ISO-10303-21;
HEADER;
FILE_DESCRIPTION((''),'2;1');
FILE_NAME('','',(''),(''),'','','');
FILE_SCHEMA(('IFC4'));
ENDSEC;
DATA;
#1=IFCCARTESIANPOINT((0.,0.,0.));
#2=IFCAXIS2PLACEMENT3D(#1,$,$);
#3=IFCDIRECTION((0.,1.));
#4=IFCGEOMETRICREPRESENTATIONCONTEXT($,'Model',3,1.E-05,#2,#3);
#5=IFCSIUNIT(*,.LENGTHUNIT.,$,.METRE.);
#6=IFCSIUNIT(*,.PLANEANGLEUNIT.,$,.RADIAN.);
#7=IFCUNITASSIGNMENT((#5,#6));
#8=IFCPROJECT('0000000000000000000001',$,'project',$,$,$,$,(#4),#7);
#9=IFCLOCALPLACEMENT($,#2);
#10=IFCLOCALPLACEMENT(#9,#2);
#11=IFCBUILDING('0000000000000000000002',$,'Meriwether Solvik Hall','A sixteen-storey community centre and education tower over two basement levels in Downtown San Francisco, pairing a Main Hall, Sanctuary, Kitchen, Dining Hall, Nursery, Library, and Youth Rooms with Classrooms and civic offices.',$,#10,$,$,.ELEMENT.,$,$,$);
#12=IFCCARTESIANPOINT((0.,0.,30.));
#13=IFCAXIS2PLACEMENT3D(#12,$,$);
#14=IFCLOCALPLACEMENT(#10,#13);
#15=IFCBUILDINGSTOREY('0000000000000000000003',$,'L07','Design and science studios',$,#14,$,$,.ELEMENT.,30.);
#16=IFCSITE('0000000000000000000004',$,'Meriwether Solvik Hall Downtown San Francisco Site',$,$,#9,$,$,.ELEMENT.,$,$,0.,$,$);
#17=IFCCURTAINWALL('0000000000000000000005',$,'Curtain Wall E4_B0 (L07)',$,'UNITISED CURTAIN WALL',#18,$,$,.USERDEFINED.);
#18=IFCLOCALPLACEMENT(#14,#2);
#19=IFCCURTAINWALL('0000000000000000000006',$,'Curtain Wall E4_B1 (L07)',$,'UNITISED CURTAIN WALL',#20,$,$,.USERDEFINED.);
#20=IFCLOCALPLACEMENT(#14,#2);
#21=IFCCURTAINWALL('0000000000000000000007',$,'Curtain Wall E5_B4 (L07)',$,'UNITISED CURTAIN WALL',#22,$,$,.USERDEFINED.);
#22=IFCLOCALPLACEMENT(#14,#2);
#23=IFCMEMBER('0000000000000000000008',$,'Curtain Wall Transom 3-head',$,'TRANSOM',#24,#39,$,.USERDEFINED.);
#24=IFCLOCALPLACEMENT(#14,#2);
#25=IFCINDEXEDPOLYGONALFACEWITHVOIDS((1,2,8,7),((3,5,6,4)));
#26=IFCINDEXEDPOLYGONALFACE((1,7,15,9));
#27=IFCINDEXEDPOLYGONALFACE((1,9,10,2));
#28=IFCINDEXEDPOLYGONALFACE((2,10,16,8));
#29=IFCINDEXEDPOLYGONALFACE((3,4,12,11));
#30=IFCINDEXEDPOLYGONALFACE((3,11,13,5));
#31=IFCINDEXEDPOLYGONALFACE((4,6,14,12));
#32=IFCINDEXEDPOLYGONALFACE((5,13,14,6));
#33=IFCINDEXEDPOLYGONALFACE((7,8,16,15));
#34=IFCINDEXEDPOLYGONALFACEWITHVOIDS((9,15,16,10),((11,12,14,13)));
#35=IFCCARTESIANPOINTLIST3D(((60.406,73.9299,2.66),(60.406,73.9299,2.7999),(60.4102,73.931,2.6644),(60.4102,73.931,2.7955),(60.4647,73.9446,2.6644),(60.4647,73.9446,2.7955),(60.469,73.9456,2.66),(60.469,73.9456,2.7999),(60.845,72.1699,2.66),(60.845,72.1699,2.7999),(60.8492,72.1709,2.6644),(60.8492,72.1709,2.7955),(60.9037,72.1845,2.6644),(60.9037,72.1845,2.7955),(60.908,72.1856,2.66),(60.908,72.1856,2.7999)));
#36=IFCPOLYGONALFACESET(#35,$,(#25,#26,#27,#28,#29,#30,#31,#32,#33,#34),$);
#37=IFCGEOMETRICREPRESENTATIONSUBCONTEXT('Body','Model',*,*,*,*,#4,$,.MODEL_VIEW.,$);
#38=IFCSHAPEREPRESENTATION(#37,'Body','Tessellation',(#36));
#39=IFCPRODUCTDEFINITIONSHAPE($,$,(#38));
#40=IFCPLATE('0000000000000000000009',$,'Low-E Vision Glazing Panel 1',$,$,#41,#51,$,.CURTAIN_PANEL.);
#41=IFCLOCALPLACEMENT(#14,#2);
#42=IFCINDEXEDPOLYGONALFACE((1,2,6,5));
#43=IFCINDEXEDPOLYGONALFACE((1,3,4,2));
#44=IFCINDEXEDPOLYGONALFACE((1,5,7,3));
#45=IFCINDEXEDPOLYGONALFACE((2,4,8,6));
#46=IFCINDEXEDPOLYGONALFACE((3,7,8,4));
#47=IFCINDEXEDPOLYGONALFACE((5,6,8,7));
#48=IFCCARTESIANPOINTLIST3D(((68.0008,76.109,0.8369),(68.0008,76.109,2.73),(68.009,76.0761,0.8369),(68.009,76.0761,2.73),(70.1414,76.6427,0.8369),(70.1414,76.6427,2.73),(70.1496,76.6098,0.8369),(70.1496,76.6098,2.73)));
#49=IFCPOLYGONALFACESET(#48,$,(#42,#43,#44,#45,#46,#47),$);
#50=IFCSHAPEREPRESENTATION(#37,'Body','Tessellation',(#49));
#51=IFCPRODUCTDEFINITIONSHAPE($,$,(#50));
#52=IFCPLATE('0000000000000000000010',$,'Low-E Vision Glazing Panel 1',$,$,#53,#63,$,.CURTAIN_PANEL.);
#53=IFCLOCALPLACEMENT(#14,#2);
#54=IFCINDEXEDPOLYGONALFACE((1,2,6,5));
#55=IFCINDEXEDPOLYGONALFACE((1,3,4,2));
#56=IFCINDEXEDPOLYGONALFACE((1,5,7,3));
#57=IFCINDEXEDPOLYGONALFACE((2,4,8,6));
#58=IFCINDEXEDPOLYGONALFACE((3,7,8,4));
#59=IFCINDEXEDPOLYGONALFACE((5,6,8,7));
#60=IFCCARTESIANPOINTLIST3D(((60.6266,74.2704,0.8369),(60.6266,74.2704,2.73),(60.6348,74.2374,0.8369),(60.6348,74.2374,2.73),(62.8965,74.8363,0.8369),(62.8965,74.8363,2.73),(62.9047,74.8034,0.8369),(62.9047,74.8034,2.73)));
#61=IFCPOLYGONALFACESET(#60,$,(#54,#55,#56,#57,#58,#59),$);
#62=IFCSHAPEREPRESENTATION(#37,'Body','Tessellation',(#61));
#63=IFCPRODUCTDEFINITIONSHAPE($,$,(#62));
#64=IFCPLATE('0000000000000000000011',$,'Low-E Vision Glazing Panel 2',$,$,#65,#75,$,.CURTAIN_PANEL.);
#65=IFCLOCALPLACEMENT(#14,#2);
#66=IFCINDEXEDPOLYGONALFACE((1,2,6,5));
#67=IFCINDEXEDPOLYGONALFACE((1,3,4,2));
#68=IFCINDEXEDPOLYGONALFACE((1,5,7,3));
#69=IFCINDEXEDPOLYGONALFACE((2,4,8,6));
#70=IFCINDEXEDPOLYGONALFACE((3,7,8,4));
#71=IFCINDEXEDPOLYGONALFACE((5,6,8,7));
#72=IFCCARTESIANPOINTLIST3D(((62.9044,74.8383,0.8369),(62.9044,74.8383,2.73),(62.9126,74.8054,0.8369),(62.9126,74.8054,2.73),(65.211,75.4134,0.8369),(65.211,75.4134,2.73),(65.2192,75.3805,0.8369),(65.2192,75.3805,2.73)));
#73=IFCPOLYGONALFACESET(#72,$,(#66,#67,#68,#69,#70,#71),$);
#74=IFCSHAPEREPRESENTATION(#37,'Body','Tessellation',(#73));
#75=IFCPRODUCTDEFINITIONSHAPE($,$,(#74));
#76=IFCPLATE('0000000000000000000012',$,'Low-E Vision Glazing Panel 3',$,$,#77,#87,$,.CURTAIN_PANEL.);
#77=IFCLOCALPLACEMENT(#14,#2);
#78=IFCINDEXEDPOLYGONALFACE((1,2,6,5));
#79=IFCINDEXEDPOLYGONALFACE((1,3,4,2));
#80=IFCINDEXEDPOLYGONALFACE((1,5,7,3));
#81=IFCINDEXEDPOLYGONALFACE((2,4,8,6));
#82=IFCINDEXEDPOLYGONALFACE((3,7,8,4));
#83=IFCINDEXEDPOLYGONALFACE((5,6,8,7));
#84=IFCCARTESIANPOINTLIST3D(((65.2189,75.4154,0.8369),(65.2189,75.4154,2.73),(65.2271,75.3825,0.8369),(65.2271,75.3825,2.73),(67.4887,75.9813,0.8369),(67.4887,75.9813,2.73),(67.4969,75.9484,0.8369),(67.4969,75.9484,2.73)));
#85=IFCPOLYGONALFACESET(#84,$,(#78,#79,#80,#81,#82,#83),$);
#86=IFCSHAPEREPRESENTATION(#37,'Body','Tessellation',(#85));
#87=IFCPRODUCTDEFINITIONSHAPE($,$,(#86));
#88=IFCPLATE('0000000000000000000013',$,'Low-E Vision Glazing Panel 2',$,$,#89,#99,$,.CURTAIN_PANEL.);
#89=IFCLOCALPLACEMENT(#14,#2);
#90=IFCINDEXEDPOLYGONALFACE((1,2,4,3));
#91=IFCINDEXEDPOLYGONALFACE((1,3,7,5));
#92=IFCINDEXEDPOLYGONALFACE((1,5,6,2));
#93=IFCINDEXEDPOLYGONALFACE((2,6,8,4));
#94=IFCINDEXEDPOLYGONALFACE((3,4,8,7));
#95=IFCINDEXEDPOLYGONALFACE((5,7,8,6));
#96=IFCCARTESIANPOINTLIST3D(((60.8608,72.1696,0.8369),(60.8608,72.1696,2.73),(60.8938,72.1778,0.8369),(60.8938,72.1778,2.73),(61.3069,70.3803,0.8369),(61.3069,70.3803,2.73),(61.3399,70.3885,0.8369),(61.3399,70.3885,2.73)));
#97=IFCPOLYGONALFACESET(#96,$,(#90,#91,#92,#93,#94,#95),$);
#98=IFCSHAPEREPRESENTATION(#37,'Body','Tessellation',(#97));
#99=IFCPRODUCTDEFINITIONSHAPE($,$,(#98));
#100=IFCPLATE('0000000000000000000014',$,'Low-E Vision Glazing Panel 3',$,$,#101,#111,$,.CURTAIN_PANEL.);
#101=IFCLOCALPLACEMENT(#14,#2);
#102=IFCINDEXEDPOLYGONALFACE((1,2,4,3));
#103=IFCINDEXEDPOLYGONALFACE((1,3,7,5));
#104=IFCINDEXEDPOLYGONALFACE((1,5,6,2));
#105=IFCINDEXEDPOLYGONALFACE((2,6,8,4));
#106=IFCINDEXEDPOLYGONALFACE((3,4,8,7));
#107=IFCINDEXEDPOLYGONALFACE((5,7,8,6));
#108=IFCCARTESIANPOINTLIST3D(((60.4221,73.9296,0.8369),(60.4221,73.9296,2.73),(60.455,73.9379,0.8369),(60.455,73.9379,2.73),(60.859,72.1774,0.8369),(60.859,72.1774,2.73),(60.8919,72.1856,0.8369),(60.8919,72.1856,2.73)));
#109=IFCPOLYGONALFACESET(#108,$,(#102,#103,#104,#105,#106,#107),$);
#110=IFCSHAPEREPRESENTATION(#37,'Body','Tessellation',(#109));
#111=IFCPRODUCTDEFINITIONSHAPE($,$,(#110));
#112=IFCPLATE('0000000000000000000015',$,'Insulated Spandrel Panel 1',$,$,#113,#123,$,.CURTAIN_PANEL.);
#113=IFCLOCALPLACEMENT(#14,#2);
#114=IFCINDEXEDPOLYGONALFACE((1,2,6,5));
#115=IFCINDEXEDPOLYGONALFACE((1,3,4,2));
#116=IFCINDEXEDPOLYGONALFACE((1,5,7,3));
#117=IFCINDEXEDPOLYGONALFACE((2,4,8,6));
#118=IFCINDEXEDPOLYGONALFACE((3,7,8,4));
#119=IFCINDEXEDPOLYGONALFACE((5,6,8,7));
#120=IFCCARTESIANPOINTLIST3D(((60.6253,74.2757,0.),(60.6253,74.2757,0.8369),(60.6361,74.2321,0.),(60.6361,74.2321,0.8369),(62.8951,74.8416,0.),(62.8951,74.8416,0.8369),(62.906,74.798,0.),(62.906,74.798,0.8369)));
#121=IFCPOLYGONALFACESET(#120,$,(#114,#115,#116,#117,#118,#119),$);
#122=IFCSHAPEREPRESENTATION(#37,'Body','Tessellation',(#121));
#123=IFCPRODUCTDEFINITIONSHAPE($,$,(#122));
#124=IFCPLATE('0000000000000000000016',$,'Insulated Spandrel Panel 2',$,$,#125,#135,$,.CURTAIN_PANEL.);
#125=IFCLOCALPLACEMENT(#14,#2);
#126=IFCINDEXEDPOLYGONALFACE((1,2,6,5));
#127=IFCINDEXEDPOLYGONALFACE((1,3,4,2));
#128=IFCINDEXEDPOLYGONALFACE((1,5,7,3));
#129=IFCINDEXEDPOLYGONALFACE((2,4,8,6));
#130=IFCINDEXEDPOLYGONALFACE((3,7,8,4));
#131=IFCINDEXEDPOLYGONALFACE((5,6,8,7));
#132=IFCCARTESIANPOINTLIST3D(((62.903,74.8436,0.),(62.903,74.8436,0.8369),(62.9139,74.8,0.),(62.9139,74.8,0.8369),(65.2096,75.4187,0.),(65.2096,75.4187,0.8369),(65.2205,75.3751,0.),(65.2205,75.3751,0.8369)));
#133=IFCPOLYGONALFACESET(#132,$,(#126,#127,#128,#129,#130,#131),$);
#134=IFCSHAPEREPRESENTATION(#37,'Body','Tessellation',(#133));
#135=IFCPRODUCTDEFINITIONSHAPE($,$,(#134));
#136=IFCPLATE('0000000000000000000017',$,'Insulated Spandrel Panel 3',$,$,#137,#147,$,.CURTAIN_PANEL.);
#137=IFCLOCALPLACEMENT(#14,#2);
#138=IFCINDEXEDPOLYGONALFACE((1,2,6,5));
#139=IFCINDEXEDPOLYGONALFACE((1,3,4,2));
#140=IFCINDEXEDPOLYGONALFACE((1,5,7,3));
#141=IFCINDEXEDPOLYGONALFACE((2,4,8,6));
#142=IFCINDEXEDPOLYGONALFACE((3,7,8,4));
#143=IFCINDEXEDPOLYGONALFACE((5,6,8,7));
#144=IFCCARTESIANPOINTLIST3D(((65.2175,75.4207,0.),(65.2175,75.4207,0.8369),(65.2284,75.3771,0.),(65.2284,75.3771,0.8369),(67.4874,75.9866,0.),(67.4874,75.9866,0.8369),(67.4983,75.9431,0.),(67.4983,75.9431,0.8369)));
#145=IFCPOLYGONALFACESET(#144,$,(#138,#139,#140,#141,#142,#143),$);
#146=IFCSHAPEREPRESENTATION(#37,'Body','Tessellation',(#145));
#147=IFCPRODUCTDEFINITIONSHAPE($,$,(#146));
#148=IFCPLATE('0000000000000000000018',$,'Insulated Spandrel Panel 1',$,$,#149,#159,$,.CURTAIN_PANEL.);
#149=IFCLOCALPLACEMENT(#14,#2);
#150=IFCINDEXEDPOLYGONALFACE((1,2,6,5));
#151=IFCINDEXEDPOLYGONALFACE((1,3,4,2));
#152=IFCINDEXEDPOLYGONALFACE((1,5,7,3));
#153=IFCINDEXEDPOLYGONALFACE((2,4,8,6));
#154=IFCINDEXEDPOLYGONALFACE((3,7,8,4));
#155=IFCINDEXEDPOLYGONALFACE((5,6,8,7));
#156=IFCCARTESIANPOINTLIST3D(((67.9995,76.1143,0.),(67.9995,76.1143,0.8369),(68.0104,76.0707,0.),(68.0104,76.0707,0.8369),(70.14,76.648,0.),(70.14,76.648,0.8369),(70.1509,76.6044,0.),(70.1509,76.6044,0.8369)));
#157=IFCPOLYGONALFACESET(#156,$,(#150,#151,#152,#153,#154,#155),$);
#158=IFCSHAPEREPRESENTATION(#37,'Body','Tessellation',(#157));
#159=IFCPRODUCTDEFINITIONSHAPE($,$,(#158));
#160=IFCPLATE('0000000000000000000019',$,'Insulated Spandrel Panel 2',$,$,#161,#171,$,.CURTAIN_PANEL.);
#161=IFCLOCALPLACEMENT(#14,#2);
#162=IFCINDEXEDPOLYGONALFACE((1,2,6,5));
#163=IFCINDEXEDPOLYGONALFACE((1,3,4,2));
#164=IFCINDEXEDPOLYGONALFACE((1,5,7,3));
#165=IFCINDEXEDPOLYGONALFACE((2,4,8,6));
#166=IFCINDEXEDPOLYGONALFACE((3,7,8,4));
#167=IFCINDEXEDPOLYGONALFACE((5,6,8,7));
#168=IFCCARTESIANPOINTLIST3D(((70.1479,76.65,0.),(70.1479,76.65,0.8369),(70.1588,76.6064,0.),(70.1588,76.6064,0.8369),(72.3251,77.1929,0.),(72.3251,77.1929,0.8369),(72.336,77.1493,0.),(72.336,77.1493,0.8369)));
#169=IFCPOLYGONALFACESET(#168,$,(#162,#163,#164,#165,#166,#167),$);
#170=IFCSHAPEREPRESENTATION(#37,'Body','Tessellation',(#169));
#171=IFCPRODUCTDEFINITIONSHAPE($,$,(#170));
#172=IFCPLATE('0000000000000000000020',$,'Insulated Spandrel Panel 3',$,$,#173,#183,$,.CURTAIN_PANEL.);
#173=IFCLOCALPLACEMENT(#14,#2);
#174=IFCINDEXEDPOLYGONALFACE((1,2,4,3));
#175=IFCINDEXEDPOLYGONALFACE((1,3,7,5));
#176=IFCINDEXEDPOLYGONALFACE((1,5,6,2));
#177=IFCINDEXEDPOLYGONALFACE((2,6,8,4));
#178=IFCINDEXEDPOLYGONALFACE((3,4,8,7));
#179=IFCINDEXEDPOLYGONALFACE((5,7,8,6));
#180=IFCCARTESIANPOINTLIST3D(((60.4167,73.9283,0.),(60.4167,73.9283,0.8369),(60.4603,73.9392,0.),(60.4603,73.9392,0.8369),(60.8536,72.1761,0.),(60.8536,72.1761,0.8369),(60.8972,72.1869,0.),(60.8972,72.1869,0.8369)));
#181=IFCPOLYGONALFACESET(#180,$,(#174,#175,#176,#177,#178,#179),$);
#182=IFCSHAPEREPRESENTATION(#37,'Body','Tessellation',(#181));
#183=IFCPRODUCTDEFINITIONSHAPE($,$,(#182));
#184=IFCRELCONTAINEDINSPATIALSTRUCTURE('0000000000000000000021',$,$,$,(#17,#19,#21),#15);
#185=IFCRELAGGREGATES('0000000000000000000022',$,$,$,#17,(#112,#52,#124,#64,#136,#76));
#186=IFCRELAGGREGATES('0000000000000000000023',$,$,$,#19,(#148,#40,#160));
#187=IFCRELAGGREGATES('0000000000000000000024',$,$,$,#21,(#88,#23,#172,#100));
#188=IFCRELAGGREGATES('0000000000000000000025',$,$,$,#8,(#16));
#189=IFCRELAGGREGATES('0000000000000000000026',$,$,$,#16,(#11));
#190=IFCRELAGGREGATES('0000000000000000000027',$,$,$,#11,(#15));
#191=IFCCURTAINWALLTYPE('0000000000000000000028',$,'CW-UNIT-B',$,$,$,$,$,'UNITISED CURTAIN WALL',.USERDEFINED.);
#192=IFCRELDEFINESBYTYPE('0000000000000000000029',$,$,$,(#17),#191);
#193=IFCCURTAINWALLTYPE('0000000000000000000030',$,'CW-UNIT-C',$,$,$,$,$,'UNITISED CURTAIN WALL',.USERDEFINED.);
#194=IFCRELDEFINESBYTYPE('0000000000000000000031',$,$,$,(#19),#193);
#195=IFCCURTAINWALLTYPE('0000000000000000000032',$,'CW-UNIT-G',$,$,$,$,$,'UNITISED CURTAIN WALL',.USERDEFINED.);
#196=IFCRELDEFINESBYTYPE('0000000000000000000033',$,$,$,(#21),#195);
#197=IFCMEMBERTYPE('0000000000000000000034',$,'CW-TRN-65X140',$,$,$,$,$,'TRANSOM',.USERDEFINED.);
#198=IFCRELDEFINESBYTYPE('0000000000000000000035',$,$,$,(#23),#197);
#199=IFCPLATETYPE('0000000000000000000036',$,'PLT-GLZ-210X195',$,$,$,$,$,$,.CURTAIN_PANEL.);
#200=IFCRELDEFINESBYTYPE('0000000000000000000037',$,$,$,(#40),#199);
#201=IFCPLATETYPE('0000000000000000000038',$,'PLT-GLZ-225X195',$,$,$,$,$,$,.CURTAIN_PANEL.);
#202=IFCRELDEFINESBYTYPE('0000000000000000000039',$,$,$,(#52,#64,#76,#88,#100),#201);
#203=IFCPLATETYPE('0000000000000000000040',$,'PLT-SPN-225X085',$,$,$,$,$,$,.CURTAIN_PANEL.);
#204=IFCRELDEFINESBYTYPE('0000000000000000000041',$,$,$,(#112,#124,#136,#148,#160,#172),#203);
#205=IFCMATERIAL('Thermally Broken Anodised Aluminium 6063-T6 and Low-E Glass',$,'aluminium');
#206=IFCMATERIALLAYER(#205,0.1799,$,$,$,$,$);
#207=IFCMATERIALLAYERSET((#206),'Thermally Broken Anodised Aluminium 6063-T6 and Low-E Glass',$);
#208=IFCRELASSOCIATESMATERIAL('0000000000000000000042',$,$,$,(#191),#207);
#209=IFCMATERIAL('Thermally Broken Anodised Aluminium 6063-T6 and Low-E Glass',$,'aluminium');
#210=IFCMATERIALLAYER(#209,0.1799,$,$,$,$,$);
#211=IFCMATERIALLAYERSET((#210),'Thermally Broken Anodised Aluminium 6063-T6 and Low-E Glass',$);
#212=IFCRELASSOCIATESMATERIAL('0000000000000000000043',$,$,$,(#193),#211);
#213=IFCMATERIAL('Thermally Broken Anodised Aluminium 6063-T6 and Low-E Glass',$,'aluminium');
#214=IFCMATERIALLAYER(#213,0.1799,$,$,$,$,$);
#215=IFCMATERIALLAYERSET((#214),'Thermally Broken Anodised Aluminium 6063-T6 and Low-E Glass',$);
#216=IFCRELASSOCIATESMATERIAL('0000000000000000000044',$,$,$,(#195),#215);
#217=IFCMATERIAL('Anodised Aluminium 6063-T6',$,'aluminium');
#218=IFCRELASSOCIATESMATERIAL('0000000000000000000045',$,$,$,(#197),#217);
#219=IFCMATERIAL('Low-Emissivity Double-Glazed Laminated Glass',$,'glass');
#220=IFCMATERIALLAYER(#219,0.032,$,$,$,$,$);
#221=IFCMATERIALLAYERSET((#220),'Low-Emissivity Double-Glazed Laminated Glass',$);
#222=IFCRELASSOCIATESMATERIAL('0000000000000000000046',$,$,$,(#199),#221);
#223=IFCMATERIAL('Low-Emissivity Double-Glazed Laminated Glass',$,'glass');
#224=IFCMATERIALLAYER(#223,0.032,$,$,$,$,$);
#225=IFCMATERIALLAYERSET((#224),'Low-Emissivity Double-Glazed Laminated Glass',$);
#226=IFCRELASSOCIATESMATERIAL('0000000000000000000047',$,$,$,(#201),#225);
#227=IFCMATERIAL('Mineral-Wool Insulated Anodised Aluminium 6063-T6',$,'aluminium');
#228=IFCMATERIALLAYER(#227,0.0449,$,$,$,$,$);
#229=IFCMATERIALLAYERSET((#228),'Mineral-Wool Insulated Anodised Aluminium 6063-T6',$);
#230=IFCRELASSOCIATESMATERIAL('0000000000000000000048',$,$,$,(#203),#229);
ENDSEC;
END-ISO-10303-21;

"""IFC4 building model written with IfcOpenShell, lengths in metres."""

from ifc_helpers import new_model, si_unit, direction, frame, origin, origin_2d, place, context, subcontext, project, spatial, rectangle, hollow_rectangle, extrude, material, layer, layer_set, material_profile, profile_set, type_object, element, aggregate, save


model = new_model("IFC4")

# Units and contexts
model_context = context("Model", 3, precision=1e-05, world=origin(), true_north=direction((0.0, 1.0)))
body_context = subcontext(model_context, "Body", "Model", "MODEL_VIEW")
ifc_project = project(units=[si_unit("LENGTHUNIT", "METRE"), si_unit("PLANEANGLEUNIT", "RADIAN")], contexts=[model_context])

# Site, building, storey
site_placement = place(None, origin())
site = spatial("IfcSite", under=ifc_project, at=site_placement, Name="Meriwether Solvik Hall Downtown San Francisco Site", CompositionType="ELEMENT", RefElevation=0.0)
building_placement = place(site_placement, origin())
building = spatial("IfcBuilding", under=site, at=building_placement, Name="Meriwether Solvik Hall", Description="A sixteen-storey community centre and education tower over two basement levels in Downtown San Francisco, pairing a Main Hall, Sanctuary, Kitchen, Dining Hall, Nursery, Library, and Youth Rooms with Classrooms and civic offices.", CompositionType="ELEMENT")
storey_placement = place(building_placement, frame((0.0, 0.0, 30.0)))
storey = spatial("IfcBuildingStorey", under=building, at=storey_placement, Name="L07", Description="Design and science studios", CompositionType="ELEMENT", Elevation=30.0)

# Curtain walls
ifc_material_1 = material(Name="Thermally Broken Anodised Aluminium 6063-T6 and Low-E Glass", Category="aluminium")
ifc_layer_1 = layer(ifc_material_1, 0.1799)
ifc_layer_set_1 = layer_set([ifc_layer_1], Name="Thermally Broken Anodised Aluminium 6063-T6 and Low-E Glass")
curtain_wall_type_1 = type_object("IfcCurtainWallType", Name="CW-UNIT-B", ElementType="UNITISED CURTAIN WALL", PredefinedType="USERDEFINED", material=ifc_layer_set_1)
curtain_wall_1_placement = place(storey_placement, origin())
curtain_wall_1 = element("IfcCurtainWall", 1, at=curtain_wall_1_placement, inside=storey, type_object=curtain_wall_type_1, Name="Curtain Wall E4_B0 (L07)", ObjectType="UNITISED CURTAIN WALL", PredefinedType="USERDEFINED")
ifc_material_2 = material(Name="Thermally Broken Anodised Aluminium 6063-T6 and Low-E Glass", Category="aluminium")
ifc_layer_2 = layer(ifc_material_2, 0.1799)
ifc_layer_set_2 = layer_set([ifc_layer_2], Name="Thermally Broken Anodised Aluminium 6063-T6 and Low-E Glass")
curtain_wall_type_2 = type_object("IfcCurtainWallType", Name="CW-UNIT-C", ElementType="UNITISED CURTAIN WALL", PredefinedType="USERDEFINED", material=ifc_layer_set_2)
curtain_wall_2_placement = place(storey_placement, origin())
curtain_wall_2 = element("IfcCurtainWall", 2, at=curtain_wall_2_placement, inside=storey, type_object=curtain_wall_type_2, Name="Curtain Wall E4_B1 (L07)", ObjectType="UNITISED CURTAIN WALL", PredefinedType="USERDEFINED")
ifc_material_3 = material(Name="Thermally Broken Anodised Aluminium 6063-T6 and Low-E Glass", Category="aluminium")
ifc_layer_3 = layer(ifc_material_3, 0.1799)
ifc_layer_set_3 = layer_set([ifc_layer_3], Name="Thermally Broken Anodised Aluminium 6063-T6 and Low-E Glass")
curtain_wall_type_3 = type_object("IfcCurtainWallType", Name="CW-UNIT-G", ElementType="UNITISED CURTAIN WALL", PredefinedType="USERDEFINED", material=ifc_layer_set_3)
curtain_wall_3_placement = place(storey_placement, origin())
curtain_wall_3 = element("IfcCurtainWall", 3, at=curtain_wall_3_placement, inside=storey, type_object=curtain_wall_type_3, Name="Curtain Wall E5_B4 (L07)", ObjectType="UNITISED CURTAIN WALL", PredefinedType="USERDEFINED")

# Member
ifc_material_4 = material(Name="Anodised Aluminium 6063-T6", Category="aluminium")
ifc_material_profile_1 = material_profile(ifc_material_4, hollow_rectangle(XDim=0.0649, YDim=0.1399, WallThickness=0.0044, at=origin_2d()), Name="CWT-65X140")
ifc_profile_set_1 = profile_set([ifc_material_profile_1], Name="Anodised Aluminium 6063-T6")
member_type_1 = type_object("IfcMemberType", Name="CW-TRN-65X140", ElementType="TRANSOM", PredefinedType="USERDEFINED", material=ifc_profile_set_1)
member_1_placement = place(storey_placement, frame((60.8765, 72.1777, 2.73), z_axis=(-0.241997, 0.970277, 0.0), x_axis=(-0.970277, -0.241997, 0.0)))
member_1 = element("IfcMember", 4, at=member_1_placement, type_object=member_type_1, Name="Curtain Wall Transom 3-head", ObjectType="TRANSOM", PredefinedType="USERDEFINED", context=body_context, shape_type="SweptSolid", body=[
    extrude(hollow_rectangle(XDim=0.0649, YDim=0.1399, WallThickness=0.0044, at=origin_2d()), origin(), (0.0, 0.0, 1.0), 1.814),
])

# Plates
ifc_material_5 = material(Name="Low-Emissivity Double-Glazed Laminated Glass", Category="glass")
ifc_layer_4 = layer(ifc_material_5, 0.032)
ifc_layer_set_4 = layer_set([ifc_layer_4], Name="Low-Emissivity Double-Glazed Laminated Glass")
plate_type_1 = type_object("IfcPlateType", Name="PLT-GLZ-210X195", PredefinedType="CURTAIN_PANEL", material=ifc_layer_set_4)
plate_1_placement = place(storey_placement, frame((69.0752, 76.3594, 0.8369), z_axis=(0.0, 0.0, 1.0), x_axis=(0.970296, 0.241922, 0.0)))
plate_1 = element("IfcPlate", 5, at=plate_1_placement, type_object=plate_type_1, Name="Low-E Vision Glazing Panel 1", PredefinedType="CURTAIN_PANEL", context=body_context, shape_type="SweptSolid", body=[
    extrude(rectangle(XDim=2.2061, YDim=0.0339, at=origin_2d()), origin(), (0.0, 0.0, 1.0), 1.8931),
])
ifc_material_6 = material(Name="Low-Emissivity Double-Glazed Laminated Glass", Category="glass")
ifc_layer_5 = layer(ifc_material_6, 0.032)
ifc_layer_set_5 = layer_set([ifc_layer_5], Name="Low-Emissivity Double-Glazed Laminated Glass")
plate_type_2 = type_object("IfcPlateType", Name="PLT-GLZ-225X195", PredefinedType="CURTAIN_PANEL", material=ifc_layer_set_5)
plate_2_placement = place(storey_placement, frame((61.7656, 74.5369, 0.8369), z_axis=(0.0, 0.0, 1.0), x_axis=(0.970296, 0.241922, 0.0)))
plate_2 = element("IfcPlate", 6, at=plate_2_placement, type_object=plate_type_2, Name="Low-E Vision Glazing Panel 1", PredefinedType="CURTAIN_PANEL", context=body_context, shape_type="SweptSolid", body=[
    extrude(rectangle(XDim=2.3394, YDim=0.0339, at=origin_2d()), origin(), (0.0, 0.0, 1.0), 1.8931),
])
plate_3_placement = place(storey_placement, frame((64.0618, 75.1094, 0.8369), z_axis=(0.0, 0.0, 1.0), x_axis=(0.970296, 0.241922, 0.0)))
plate_3 = element("IfcPlate", 7, at=plate_3_placement, type_object=plate_type_2, Name="Low-E Vision Glazing Panel 2", PredefinedType="CURTAIN_PANEL", context=body_context, shape_type="SweptSolid", body=[
    extrude(rectangle(XDim=2.3772, YDim=0.0339, at=origin_2d()), origin(), (0.0, 0.0, 1.0), 1.8931),
])
plate_4_placement = place(storey_placement, frame((66.3579, 75.6819, 0.8369), z_axis=(0.0, 0.0, 1.0), x_axis=(0.970296, 0.241922, 0.0)))
plate_4 = element("IfcPlate", 8, at=plate_4_placement, type_object=plate_type_2, Name="Low-E Vision Glazing Panel 3", PredefinedType="CURTAIN_PANEL", context=body_context, shape_type="SweptSolid", body=[
    extrude(rectangle(XDim=2.3394, YDim=0.0339, at=origin_2d()), origin(), (0.0, 0.0, 1.0), 1.8931),
])
plate_5_placement = place(storey_placement, frame((61.1003, 71.2791, 0.8369), z_axis=(0.0, 0.0, 1.0), x_axis=(-0.241922, 0.970296, 0.0)))
plate_5 = element("IfcPlate", 9, at=plate_5_placement, type_object=plate_type_2, Name="Low-E Vision Glazing Panel 2", PredefinedType="CURTAIN_PANEL", context=body_context, shape_type="SweptSolid", body=[
    extrude(rectangle(XDim=1.844, YDim=0.0339, at=origin_2d()), origin(), (0.0, 0.0, 1.0), 1.8931),
])
plate_6_placement = place(storey_placement, frame((60.657, 73.0576, 0.8369), z_axis=(0.0, 0.0, 1.0), x_axis=(-0.241922, 0.970296, 0.0)))
plate_6 = element("IfcPlate", 10, at=plate_6_placement, type_object=plate_type_2, Name="Low-E Vision Glazing Panel 3", PredefinedType="CURTAIN_PANEL", context=body_context, shape_type="SweptSolid", body=[
    extrude(rectangle(XDim=1.8059, YDim=0.0339, at=origin_2d()), origin(), (0.0, 0.0, 1.0), 1.8931),
])
ifc_material_7 = material(Name="Mineral-Wool Insulated Anodised Aluminium 6063-T6", Category="aluminium")
ifc_layer_6 = layer(ifc_material_7, 0.0449)
ifc_layer_set_6 = layer_set([ifc_layer_6], Name="Mineral-Wool Insulated Anodised Aluminium 6063-T6")
plate_type_3 = type_object("IfcPlateType", Name="PLT-SPN-225X085", PredefinedType="CURTAIN_PANEL", material=ifc_layer_set_6)
plate_7_placement = place(storey_placement, frame((61.7656, 74.5369, 0.0), z_axis=(0.0, 0.0, 1.0), x_axis=(0.970296, 0.241922, 0.0)))
plate_7 = element("IfcPlate", 11, at=plate_7_placement, type_object=plate_type_3, Name="Insulated Spandrel Panel 1", PredefinedType="CURTAIN_PANEL", context=body_context, shape_type="SweptSolid", body=[
    extrude(rectangle(XDim=2.3394, YDim=0.0449, at=origin_2d()), origin(), (0.0, 0.0, 1.0), 0.8369),
])
plate_8_placement = place(storey_placement, frame((64.0618, 75.1094, 0.0), z_axis=(0.0, 0.0, 1.0), x_axis=(0.970296, 0.241922, 0.0)))
plate_8 = element("IfcPlate", 12, at=plate_8_placement, type_object=plate_type_3, Name="Insulated Spandrel Panel 2", PredefinedType="CURTAIN_PANEL", context=body_context, shape_type="SweptSolid", body=[
    extrude(rectangle(XDim=2.3772, YDim=0.0449, at=origin_2d()), origin(), (0.0, 0.0, 1.0), 0.8369),
])
plate_9_placement = place(storey_placement, frame((66.3579, 75.6819, 0.0), z_axis=(0.0, 0.0, 1.0), x_axis=(0.970296, 0.241922, 0.0)))
plate_9 = element("IfcPlate", 13, at=plate_9_placement, type_object=plate_type_3, Name="Insulated Spandrel Panel 3", PredefinedType="CURTAIN_PANEL", context=body_context, shape_type="SweptSolid", body=[
    extrude(rectangle(XDim=2.3394, YDim=0.0449, at=origin_2d()), origin(), (0.0, 0.0, 1.0), 0.8369),
])
aggregate(curtain_wall_1, [plate_7, plate_2, plate_8, plate_3, plate_9, plate_4])
plate_10_placement = place(storey_placement, frame((69.0752, 76.3594, 0.0), z_axis=(0.0, 0.0, 1.0), x_axis=(0.970296, 0.241922, 0.0)))
plate_10 = element("IfcPlate", 14, at=plate_10_placement, type_object=plate_type_3, Name="Insulated Spandrel Panel 1", PredefinedType="CURTAIN_PANEL", context=body_context, shape_type="SweptSolid", body=[
    extrude(rectangle(XDim=2.2061, YDim=0.0449, at=origin_2d()), origin(), (0.0, 0.0, 1.0), 0.8369),
])
plate_11_placement = place(storey_placement, frame((71.2419, 76.8997, 0.0), z_axis=(0.0, 0.0, 1.0), x_axis=(0.970296, 0.241922, 0.0)))
plate_11 = element("IfcPlate", 15, at=plate_11_placement, type_object=plate_type_3, Name="Insulated Spandrel Panel 2", PredefinedType="CURTAIN_PANEL", context=body_context, shape_type="SweptSolid", body=[
    extrude(rectangle(XDim=2.2439, YDim=0.0449, at=origin_2d()), origin(), (0.0, 0.0, 1.0), 0.8369),
])
aggregate(curtain_wall_2, [plate_10, plate_1, plate_11])
plate_12_placement = place(storey_placement, frame((60.657, 73.0576, 0.0), z_axis=(0.0, 0.0, 1.0), x_axis=(-0.241922, 0.970296, 0.0)))
plate_12 = element("IfcPlate", 16, at=plate_12_placement, type_object=plate_type_3, Name="Insulated Spandrel Panel 3", PredefinedType="CURTAIN_PANEL", context=body_context, shape_type="SweptSolid", body=[
    extrude(rectangle(XDim=1.8059, YDim=0.0449, at=origin_2d()), origin(), (0.0, 0.0, 1.0), 0.8369),
])
aggregate(curtain_wall_3, [plate_5, member_1, plate_12, plate_6])

save(model, "model.ifc")
